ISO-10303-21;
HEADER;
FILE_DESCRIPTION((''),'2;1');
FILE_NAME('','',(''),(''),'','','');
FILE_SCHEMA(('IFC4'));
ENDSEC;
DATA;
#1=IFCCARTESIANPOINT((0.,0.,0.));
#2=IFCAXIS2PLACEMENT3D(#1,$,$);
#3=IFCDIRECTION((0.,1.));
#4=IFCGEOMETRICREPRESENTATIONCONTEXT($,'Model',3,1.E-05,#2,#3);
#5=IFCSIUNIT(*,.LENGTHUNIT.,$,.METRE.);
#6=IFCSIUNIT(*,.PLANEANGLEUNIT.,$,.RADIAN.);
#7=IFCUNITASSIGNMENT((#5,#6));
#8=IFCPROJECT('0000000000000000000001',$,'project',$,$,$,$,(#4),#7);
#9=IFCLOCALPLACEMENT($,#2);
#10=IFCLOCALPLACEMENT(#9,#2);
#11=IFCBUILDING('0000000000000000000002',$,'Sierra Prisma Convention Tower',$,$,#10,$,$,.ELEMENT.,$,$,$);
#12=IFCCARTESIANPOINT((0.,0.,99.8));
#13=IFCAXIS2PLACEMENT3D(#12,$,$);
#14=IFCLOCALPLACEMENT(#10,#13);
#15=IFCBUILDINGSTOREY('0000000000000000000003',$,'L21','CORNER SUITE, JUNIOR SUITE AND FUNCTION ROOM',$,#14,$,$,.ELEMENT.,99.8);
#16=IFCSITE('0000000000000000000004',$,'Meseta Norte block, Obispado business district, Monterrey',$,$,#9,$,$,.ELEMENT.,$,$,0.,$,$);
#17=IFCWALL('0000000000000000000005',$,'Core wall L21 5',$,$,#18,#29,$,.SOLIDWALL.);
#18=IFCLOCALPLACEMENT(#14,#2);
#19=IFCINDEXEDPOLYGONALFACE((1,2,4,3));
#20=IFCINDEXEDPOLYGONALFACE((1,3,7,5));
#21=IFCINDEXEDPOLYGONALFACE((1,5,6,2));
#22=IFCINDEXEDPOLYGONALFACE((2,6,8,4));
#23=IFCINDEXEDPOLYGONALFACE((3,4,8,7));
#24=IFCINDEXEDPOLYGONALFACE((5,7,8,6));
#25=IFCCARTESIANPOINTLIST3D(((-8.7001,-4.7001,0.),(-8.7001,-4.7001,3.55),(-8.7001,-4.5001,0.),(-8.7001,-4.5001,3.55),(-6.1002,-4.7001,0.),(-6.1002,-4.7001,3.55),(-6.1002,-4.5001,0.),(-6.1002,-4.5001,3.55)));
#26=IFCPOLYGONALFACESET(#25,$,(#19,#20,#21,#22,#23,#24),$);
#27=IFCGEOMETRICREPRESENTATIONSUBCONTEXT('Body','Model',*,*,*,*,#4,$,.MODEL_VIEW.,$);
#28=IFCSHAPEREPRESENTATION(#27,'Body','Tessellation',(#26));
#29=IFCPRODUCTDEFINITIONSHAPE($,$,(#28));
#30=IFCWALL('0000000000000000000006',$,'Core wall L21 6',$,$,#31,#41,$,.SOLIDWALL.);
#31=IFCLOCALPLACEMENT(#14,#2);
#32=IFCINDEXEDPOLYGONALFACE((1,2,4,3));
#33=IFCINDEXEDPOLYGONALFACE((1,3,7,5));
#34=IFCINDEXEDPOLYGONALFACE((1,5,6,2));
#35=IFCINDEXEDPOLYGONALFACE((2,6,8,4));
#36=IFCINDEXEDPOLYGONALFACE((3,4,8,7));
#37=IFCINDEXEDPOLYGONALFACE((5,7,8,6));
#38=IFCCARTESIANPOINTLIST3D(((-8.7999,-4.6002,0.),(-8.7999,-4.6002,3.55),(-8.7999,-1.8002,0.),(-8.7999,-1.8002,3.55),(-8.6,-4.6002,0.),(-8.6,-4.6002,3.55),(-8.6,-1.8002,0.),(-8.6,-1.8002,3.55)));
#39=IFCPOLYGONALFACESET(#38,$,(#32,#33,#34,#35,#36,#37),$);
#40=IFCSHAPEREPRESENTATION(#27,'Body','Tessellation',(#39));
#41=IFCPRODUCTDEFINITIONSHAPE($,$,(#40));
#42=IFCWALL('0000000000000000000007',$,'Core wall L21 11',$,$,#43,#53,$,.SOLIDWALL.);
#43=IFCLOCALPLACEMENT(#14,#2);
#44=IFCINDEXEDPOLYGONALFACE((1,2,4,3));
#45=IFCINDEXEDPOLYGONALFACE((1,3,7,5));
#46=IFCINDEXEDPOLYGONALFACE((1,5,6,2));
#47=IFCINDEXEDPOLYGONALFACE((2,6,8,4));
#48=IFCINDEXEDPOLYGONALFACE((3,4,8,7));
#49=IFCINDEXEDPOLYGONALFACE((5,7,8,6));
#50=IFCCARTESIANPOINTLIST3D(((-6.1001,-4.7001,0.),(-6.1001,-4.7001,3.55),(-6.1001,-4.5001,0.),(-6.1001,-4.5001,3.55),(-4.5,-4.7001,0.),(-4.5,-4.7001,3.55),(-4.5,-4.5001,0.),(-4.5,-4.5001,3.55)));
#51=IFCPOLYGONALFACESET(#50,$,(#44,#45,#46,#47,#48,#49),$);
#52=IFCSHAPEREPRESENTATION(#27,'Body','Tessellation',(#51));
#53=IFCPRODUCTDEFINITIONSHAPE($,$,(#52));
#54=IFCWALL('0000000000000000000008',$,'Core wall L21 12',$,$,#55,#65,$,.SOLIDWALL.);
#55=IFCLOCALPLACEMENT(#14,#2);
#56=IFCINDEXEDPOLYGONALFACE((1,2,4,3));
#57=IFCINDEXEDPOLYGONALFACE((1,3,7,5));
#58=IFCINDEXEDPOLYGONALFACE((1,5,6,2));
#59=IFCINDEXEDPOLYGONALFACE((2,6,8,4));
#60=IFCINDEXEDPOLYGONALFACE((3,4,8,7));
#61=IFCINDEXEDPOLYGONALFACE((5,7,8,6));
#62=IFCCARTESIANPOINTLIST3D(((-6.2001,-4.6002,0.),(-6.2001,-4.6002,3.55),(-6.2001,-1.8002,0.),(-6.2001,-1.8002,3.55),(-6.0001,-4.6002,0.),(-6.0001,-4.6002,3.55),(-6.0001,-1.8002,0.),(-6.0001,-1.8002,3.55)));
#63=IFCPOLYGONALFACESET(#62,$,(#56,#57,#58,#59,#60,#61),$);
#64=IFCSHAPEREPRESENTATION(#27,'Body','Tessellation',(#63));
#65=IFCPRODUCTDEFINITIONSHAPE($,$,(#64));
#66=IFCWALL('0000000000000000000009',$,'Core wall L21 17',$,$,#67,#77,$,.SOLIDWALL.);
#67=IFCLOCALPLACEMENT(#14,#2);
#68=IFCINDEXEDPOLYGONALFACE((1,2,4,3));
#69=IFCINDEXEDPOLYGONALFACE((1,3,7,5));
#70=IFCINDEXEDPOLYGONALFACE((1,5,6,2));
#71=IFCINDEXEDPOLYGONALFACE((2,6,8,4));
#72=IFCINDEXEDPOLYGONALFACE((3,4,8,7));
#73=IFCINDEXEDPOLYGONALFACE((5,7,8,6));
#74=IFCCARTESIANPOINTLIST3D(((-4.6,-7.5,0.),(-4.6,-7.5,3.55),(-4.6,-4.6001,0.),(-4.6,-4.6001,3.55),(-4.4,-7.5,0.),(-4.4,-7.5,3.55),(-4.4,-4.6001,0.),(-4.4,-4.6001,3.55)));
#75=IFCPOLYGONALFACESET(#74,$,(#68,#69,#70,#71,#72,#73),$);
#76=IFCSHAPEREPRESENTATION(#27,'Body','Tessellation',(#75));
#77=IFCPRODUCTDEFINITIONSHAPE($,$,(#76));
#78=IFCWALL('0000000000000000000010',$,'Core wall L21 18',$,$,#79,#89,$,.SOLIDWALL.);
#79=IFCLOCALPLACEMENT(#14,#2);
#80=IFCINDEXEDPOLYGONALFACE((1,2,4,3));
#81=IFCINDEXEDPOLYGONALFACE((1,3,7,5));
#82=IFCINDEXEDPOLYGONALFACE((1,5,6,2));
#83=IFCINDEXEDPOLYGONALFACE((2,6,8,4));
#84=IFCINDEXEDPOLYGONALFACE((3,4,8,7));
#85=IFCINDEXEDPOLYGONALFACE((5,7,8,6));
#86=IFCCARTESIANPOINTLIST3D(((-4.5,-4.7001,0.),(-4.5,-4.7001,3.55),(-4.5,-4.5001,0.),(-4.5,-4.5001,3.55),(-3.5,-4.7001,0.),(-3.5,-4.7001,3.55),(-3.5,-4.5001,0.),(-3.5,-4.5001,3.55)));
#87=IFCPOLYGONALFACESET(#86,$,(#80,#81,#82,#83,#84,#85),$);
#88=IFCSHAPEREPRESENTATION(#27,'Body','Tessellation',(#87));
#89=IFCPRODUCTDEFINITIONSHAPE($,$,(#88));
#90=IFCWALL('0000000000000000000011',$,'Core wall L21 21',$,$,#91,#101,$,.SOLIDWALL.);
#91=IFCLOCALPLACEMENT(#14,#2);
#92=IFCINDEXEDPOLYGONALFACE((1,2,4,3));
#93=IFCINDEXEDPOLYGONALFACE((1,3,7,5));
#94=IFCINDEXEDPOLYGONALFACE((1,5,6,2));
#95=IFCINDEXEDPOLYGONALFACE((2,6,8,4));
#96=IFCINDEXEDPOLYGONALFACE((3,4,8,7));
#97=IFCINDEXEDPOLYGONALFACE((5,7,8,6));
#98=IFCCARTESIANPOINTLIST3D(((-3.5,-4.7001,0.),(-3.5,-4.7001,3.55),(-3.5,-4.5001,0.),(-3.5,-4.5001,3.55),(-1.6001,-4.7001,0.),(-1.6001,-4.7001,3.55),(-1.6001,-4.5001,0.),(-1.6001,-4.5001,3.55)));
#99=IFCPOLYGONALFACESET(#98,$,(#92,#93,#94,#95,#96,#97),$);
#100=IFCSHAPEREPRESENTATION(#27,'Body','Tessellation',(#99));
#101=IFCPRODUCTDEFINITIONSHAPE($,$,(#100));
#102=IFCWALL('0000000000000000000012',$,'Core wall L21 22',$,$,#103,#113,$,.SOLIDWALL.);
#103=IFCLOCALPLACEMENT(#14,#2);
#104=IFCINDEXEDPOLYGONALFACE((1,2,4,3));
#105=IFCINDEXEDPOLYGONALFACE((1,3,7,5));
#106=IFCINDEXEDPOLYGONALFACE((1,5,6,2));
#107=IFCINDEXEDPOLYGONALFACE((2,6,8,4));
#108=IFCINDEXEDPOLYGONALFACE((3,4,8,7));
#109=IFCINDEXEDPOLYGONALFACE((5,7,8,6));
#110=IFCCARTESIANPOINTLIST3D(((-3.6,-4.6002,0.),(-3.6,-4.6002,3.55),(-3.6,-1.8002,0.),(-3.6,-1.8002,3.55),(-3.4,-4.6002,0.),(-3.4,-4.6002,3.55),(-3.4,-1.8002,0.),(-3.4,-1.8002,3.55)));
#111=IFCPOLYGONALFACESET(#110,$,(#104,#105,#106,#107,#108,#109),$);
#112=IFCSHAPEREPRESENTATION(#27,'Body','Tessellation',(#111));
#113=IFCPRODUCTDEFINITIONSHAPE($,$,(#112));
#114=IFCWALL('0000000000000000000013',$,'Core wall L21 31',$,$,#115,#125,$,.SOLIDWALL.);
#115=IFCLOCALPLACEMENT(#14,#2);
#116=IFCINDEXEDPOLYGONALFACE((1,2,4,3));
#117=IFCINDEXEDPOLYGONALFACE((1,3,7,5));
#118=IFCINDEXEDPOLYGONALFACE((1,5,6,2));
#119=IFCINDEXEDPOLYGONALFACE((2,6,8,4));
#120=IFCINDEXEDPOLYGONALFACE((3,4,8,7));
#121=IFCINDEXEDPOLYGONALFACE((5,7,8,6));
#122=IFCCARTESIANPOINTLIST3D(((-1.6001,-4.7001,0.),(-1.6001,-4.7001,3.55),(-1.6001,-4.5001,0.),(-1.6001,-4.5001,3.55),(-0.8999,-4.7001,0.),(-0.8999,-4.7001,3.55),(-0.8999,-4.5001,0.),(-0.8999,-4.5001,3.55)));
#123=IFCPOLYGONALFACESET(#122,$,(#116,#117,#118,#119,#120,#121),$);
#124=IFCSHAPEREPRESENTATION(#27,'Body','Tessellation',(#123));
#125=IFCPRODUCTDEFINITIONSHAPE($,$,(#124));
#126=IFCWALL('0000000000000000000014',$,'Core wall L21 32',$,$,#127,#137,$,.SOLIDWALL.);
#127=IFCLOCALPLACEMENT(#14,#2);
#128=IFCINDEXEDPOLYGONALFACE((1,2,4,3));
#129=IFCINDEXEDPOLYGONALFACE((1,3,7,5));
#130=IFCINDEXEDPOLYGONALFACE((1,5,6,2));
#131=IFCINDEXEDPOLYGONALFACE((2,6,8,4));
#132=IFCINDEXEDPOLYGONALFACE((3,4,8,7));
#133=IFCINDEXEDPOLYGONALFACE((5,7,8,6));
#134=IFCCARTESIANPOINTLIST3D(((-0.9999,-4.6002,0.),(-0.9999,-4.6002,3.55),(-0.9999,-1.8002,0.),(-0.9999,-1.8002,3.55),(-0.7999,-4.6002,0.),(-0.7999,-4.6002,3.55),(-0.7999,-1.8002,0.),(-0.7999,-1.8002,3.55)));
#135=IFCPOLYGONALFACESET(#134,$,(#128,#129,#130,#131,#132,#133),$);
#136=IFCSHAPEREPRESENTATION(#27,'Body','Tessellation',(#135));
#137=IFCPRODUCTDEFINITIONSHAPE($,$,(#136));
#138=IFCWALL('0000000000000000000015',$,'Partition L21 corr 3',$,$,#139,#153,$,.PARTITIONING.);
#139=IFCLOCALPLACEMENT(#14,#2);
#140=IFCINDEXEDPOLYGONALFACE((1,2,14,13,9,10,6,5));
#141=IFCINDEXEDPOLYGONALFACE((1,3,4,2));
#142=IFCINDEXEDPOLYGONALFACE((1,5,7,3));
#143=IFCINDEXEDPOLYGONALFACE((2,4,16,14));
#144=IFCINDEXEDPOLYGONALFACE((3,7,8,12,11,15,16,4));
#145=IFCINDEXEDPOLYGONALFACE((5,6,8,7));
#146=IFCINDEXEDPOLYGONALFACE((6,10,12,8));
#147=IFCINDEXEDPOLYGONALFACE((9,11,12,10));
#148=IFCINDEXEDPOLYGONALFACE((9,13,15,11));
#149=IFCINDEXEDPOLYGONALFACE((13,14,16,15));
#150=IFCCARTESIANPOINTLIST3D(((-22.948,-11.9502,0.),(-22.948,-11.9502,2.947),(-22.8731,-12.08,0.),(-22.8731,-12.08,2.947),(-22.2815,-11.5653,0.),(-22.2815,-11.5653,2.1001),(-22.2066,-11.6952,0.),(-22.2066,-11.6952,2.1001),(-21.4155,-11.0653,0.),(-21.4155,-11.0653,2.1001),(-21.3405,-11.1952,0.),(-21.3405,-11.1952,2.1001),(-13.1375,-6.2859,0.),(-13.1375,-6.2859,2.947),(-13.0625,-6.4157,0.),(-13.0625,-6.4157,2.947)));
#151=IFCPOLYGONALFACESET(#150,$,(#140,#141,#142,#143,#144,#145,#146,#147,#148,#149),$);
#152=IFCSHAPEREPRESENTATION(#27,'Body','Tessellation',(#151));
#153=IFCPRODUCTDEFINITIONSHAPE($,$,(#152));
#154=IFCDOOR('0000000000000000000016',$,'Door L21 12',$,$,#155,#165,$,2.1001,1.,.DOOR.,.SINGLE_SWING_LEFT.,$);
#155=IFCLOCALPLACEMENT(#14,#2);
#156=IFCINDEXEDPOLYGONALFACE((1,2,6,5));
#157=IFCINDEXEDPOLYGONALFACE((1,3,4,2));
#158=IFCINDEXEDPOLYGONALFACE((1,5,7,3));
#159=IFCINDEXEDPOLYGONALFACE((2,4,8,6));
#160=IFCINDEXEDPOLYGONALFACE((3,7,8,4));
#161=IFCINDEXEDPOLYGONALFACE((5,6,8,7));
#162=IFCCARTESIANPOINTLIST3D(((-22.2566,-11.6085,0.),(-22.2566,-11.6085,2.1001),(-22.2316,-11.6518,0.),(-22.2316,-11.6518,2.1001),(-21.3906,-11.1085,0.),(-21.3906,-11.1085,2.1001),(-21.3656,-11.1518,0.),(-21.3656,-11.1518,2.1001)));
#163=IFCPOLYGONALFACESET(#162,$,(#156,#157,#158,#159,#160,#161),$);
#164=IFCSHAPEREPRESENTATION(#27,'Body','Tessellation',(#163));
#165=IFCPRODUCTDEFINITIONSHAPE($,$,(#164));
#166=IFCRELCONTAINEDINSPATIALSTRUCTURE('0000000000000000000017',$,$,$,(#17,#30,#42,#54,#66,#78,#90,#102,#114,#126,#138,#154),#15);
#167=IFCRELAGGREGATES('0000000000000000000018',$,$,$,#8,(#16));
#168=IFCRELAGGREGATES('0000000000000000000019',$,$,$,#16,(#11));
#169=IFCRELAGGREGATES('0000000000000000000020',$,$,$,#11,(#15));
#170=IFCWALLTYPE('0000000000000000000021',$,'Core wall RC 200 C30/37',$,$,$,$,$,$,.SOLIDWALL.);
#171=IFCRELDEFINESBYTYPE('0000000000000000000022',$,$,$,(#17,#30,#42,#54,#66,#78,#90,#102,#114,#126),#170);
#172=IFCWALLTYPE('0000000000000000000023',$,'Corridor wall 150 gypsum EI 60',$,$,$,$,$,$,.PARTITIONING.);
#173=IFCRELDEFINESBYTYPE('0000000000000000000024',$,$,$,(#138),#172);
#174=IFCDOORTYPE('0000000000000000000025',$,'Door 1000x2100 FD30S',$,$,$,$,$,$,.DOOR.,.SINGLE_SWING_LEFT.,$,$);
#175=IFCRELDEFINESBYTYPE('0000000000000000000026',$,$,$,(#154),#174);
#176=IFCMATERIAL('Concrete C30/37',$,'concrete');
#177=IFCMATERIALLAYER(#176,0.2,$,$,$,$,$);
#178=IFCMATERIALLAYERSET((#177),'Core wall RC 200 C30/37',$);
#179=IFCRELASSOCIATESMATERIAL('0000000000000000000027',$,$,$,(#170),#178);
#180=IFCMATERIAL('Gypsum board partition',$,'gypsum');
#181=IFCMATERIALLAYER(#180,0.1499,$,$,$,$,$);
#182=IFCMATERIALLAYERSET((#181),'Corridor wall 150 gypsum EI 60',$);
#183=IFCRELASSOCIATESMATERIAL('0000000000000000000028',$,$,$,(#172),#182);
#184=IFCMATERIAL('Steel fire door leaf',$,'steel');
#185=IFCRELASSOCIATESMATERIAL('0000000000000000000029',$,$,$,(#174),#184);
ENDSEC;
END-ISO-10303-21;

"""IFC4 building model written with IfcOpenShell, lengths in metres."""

from ifc_helpers import new_model, si_unit, direction, frame, frame_2d, origin, place, context, subcontext, project, spatial, rectangle, extrude, material, layer, layer_set, type_object, element, fill, save


model = new_model("IFC4")

# Units and contexts
model_context = context("Model", 3, precision=1e-05, world=origin(), true_north=direction((0.0, 1.0)))
body_context = subcontext(model_context, "Body", "Model", "MODEL_VIEW")
ifc_project = project(units=[si_unit("LENGTHUNIT", "METRE"), si_unit("PLANEANGLEUNIT", "RADIAN")], contexts=[model_context])

# Site, building, storey
site_placement = place(None, origin())
site = spatial("IfcSite", under=ifc_project, at=site_placement, Name="Meseta Norte block, Obispado business district, Monterrey", CompositionType="ELEMENT", RefElevation=0.0)
building_placement = place(site_placement, origin())
building = spatial("IfcBuilding", under=site, at=building_placement, Name="Sierra Prisma Convention Tower", CompositionType="ELEMENT")
storey_placement = place(building_placement, frame((0.0, 0.0, 99.8)))
storey = spatial("IfcBuildingStorey", under=building, at=storey_placement, Name="L21", Description="CORNER SUITE, JUNIOR SUITE AND FUNCTION ROOM", CompositionType="ELEMENT", Elevation=99.8)

# Shared definitions
ifc_material_1 = material(Name="Concrete C30/37", Category="concrete")
ifc_layer_1 = layer(ifc_material_1, 0.2)
ifc_layer_set_1 = layer_set([ifc_layer_1], Name="Core wall RC 200 C30/37")
wall_type_1 = type_object("IfcWallType", Name="Core wall RC 200 C30/37", PredefinedType="SOLIDWALL", material=ifc_layer_set_1)

# Walls
wall_1_placement = place(storey_placement, frame((-8.7, -4.6001, 0.0), z_axis=(0.0, 0.0, 1.0), x_axis=(1.0, 0.0, 0.0)))
element("IfcWall", 1, at=wall_1_placement, inside=storey, type_object=wall_type_1, Name="Core wall L21 5", PredefinedType="SOLIDWALL", context=body_context, shape_type="SweptSolid", body=[
    extrude(rectangle(XDim=2.5999, YDim=0.2, at=frame_2d((1.2998, 0.0))), origin(), (0.0, 0.0, 1.0), 3.55),
])
wall_2_placement = place(storey_placement, frame((-8.7, -4.6001, 0.0), z_axis=(0.0, 0.0, 1.0), x_axis=(0.0, 1.0, 0.0)))
element("IfcWall", 2, at=wall_2_placement, inside=storey, type_object=wall_type_1, Name="Core wall L21 6", PredefinedType="SOLIDWALL", context=body_context, shape_type="SweptSolid", body=[
    extrude(rectangle(XDim=2.8, YDim=0.2, at=frame_2d((1.3999, 0.0))), origin(), (0.0, 0.0, 1.0), 3.55),
])

# Walls
wall_3_placement = place(storey_placement, frame((-6.1001, -4.6001, 0.0), z_axis=(0.0, 0.0, 1.0), x_axis=(1.0, 0.0, 0.0)))
element("IfcWall", 3, at=wall_3_placement, inside=storey, type_object=wall_type_1, Name="Core wall L21 11", PredefinedType="SOLIDWALL", context=body_context, shape_type="SweptSolid", body=[
    extrude(rectangle(XDim=1.6001, YDim=0.2, at=frame_2d((0.8, 0.0))), origin(), (0.0, 0.0, 1.0), 3.55),
])
wall_4_placement = place(storey_placement, frame((-6.1001, -4.6001, 0.0), z_axis=(0.0, 0.0, 1.0), x_axis=(0.0, 1.0, 0.0)))
element("IfcWall", 4, at=wall_4_placement, inside=storey, type_object=wall_type_1, Name="Core wall L21 12", PredefinedType="SOLIDWALL", context=body_context, shape_type="SweptSolid", body=[
    extrude(rectangle(XDim=2.8, YDim=0.2, at=frame_2d((1.3999, 0.0))), origin(), (0.0, 0.0, 1.0), 3.55),
])

# Walls
wall_5_placement = place(storey_placement, frame((-4.5, -4.6001, 0.0), z_axis=(0.0, 0.0, 1.0), x_axis=(0.0, -1.0, 0.0)))
element("IfcWall", 5, at=wall_5_placement, inside=storey, type_object=wall_type_1, Name="Core wall L21 17", PredefinedType="SOLIDWALL", context=body_context, shape_type="SweptSolid", body=[
    extrude(rectangle(XDim=2.8999, YDim=0.2, at=frame_2d((1.45, 0.0))), origin(), (0.0, 0.0, 1.0), 3.55),
])
wall_6_placement = place(storey_placement, frame((-4.5, -4.6001, 0.0), z_axis=(0.0, 0.0, 1.0), x_axis=(1.0, 0.0, 0.0)))
element("IfcWall", 6, at=wall_6_placement, inside=storey, type_object=wall_type_1, Name="Core wall L21 18", PredefinedType="SOLIDWALL", context=body_context, shape_type="SweptSolid", body=[
    extrude(rectangle(XDim=1.0, YDim=0.2, at=frame_2d((0.5, 0.0))), origin(), (0.0, 0.0, 1.0), 3.55),
])
wall_7_placement = place(storey_placement, frame((-3.5, -4.6001, 0.0), z_axis=(0.0, 0.0, 1.0), x_axis=(1.0, 0.0, 0.0)))
element("IfcWall", 7, at=wall_7_placement, inside=storey, type_object=wall_type_1, Name="Core wall L21 21", PredefinedType="SOLIDWALL", context=body_context, shape_type="SweptSolid", body=[
    extrude(rectangle(XDim=1.8999, YDim=0.2, at=frame_2d((0.95, 0.0))), origin(), (0.0, 0.0, 1.0), 3.55),
])
wall_8_placement = place(storey_placement, frame((-3.5, -4.6001, 0.0), z_axis=(0.0, 0.0, 1.0), x_axis=(0.0, 1.0, 0.0)))
element("IfcWall", 8, at=wall_8_placement, inside=storey, type_object=wall_type_1, Name="Core wall L21 22", PredefinedType="SOLIDWALL", context=body_context, shape_type="SweptSolid", body=[
    extrude(rectangle(XDim=2.8, YDim=0.2, at=frame_2d((1.3999, 0.0))), origin(), (0.0, 0.0, 1.0), 3.55),
])
wall_9_placement = place(storey_placement, frame((-1.6001, -4.6001, 0.0), z_axis=(0.0, 0.0, 1.0), x_axis=(1.0, 0.0, 0.0)))
element("IfcWall", 9, at=wall_9_placement, inside=storey, type_object=wall_type_1, Name="Core wall L21 31", PredefinedType="SOLIDWALL", context=body_context, shape_type="SweptSolid", body=[
    extrude(rectangle(XDim=0.7002, YDim=0.2, at=frame_2d((0.3501, 0.0))), origin(), (0.0, 0.0, 1.0), 3.55),
])
wall_10_placement = place(storey_placement, frame((-0.8999, -4.6001, 0.0), z_axis=(0.0, 0.0, 1.0), x_axis=(0.0, 1.0, 0.0)))
element("IfcWall", 10, at=wall_10_placement, inside=storey, type_object=wall_type_1, Name="Core wall L21 32", PredefinedType="SOLIDWALL", context=body_context, shape_type="SweptSolid", body=[
    extrude(rectangle(XDim=2.8, YDim=0.2, at=frame_2d((1.3999, 0.0))), origin(), (0.0, 0.0, 1.0), 3.55),
])

# Wall, opening, door
ifc_material_2 = material(Name="Gypsum board partition", Category="gypsum")
ifc_layer_2 = layer(ifc_material_2, 0.1499)
ifc_layer_set_2 = layer_set([ifc_layer_2], Name="Corridor wall 150 gypsum EI 60")
wall_type_2 = type_object("IfcWallType", Name="Corridor wall 150 gypsum EI 60", PredefinedType="PARTITIONING", material=ifc_layer_set_2)
wall_11_placement = place(storey_placement, frame((-13.1001, -6.3508, 0.0), z_axis=(0.0, 0.0, 1.0), x_axis=(-0.866018, -0.500012, 0.0)))
wall_11 = element("IfcWall", 11, at=wall_11_placement, inside=storey, type_object=wall_type_2, Name="Partition L21 corr 3", PredefinedType="PARTITIONING", context=body_context, shape_type="SweptSolid", body=[
    extrude(rectangle(XDim=11.3284, YDim=0.1499, at=frame_2d((5.6641, 0.0))), origin(), (0.0, 0.0, 1.0), 2.947),
])
opening_1_placement = place(wall_11_placement, frame((9.5586, 0.0, 0.0)))
opening_1 = element("IfcOpeningElement", 12, at=opening_1_placement, cuts=wall_11, PredefinedType="OPENING", context=body_context, shape_type="SweptSolid", body=[
    extrude(rectangle(XDim=1.0, YDim=2.1001, at=frame_2d((0.5, 1.05))), frame((0.0, 0.075, 0.0), z_axis=(0.0, -1.0, 0.0), x_axis=(1.0, 0.0, 0.0)), (0.0, 0.0, 1.0), 0.1499),
])
ifc_material_3 = material(Name="Steel fire door leaf", Category="steel")
door_type_1 = type_object("IfcDoorType", Name="Door 1000x2100 FD30S", OperationType="SINGLE_SWING_LEFT", PredefinedType="DOOR", material=ifc_material_3)
door_1_placement = place(opening_1_placement, origin())
door_1 = element("IfcDoor", 13, at=door_1_placement, inside=storey, type_object=door_type_1, Name="Door L21 12", OperationType="SINGLE_SWING_LEFT", OverallHeight=2.1001, OverallWidth=1.0, PredefinedType="DOOR", context=body_context, shape_type="SweptSolid", body=[
    extrude(rectangle(XDim=1.0, YDim=2.1001, at=frame_2d((0.5, 1.05))), frame((0.0, 0.0249, 0.0), z_axis=(0.0, -1.0, 0.0), x_axis=(1.0, 0.0, 0.0)), (0.0, 0.0, 1.0), 0.05),
])
fill(opening_1, door_1)

save(model, "model.ifc")
